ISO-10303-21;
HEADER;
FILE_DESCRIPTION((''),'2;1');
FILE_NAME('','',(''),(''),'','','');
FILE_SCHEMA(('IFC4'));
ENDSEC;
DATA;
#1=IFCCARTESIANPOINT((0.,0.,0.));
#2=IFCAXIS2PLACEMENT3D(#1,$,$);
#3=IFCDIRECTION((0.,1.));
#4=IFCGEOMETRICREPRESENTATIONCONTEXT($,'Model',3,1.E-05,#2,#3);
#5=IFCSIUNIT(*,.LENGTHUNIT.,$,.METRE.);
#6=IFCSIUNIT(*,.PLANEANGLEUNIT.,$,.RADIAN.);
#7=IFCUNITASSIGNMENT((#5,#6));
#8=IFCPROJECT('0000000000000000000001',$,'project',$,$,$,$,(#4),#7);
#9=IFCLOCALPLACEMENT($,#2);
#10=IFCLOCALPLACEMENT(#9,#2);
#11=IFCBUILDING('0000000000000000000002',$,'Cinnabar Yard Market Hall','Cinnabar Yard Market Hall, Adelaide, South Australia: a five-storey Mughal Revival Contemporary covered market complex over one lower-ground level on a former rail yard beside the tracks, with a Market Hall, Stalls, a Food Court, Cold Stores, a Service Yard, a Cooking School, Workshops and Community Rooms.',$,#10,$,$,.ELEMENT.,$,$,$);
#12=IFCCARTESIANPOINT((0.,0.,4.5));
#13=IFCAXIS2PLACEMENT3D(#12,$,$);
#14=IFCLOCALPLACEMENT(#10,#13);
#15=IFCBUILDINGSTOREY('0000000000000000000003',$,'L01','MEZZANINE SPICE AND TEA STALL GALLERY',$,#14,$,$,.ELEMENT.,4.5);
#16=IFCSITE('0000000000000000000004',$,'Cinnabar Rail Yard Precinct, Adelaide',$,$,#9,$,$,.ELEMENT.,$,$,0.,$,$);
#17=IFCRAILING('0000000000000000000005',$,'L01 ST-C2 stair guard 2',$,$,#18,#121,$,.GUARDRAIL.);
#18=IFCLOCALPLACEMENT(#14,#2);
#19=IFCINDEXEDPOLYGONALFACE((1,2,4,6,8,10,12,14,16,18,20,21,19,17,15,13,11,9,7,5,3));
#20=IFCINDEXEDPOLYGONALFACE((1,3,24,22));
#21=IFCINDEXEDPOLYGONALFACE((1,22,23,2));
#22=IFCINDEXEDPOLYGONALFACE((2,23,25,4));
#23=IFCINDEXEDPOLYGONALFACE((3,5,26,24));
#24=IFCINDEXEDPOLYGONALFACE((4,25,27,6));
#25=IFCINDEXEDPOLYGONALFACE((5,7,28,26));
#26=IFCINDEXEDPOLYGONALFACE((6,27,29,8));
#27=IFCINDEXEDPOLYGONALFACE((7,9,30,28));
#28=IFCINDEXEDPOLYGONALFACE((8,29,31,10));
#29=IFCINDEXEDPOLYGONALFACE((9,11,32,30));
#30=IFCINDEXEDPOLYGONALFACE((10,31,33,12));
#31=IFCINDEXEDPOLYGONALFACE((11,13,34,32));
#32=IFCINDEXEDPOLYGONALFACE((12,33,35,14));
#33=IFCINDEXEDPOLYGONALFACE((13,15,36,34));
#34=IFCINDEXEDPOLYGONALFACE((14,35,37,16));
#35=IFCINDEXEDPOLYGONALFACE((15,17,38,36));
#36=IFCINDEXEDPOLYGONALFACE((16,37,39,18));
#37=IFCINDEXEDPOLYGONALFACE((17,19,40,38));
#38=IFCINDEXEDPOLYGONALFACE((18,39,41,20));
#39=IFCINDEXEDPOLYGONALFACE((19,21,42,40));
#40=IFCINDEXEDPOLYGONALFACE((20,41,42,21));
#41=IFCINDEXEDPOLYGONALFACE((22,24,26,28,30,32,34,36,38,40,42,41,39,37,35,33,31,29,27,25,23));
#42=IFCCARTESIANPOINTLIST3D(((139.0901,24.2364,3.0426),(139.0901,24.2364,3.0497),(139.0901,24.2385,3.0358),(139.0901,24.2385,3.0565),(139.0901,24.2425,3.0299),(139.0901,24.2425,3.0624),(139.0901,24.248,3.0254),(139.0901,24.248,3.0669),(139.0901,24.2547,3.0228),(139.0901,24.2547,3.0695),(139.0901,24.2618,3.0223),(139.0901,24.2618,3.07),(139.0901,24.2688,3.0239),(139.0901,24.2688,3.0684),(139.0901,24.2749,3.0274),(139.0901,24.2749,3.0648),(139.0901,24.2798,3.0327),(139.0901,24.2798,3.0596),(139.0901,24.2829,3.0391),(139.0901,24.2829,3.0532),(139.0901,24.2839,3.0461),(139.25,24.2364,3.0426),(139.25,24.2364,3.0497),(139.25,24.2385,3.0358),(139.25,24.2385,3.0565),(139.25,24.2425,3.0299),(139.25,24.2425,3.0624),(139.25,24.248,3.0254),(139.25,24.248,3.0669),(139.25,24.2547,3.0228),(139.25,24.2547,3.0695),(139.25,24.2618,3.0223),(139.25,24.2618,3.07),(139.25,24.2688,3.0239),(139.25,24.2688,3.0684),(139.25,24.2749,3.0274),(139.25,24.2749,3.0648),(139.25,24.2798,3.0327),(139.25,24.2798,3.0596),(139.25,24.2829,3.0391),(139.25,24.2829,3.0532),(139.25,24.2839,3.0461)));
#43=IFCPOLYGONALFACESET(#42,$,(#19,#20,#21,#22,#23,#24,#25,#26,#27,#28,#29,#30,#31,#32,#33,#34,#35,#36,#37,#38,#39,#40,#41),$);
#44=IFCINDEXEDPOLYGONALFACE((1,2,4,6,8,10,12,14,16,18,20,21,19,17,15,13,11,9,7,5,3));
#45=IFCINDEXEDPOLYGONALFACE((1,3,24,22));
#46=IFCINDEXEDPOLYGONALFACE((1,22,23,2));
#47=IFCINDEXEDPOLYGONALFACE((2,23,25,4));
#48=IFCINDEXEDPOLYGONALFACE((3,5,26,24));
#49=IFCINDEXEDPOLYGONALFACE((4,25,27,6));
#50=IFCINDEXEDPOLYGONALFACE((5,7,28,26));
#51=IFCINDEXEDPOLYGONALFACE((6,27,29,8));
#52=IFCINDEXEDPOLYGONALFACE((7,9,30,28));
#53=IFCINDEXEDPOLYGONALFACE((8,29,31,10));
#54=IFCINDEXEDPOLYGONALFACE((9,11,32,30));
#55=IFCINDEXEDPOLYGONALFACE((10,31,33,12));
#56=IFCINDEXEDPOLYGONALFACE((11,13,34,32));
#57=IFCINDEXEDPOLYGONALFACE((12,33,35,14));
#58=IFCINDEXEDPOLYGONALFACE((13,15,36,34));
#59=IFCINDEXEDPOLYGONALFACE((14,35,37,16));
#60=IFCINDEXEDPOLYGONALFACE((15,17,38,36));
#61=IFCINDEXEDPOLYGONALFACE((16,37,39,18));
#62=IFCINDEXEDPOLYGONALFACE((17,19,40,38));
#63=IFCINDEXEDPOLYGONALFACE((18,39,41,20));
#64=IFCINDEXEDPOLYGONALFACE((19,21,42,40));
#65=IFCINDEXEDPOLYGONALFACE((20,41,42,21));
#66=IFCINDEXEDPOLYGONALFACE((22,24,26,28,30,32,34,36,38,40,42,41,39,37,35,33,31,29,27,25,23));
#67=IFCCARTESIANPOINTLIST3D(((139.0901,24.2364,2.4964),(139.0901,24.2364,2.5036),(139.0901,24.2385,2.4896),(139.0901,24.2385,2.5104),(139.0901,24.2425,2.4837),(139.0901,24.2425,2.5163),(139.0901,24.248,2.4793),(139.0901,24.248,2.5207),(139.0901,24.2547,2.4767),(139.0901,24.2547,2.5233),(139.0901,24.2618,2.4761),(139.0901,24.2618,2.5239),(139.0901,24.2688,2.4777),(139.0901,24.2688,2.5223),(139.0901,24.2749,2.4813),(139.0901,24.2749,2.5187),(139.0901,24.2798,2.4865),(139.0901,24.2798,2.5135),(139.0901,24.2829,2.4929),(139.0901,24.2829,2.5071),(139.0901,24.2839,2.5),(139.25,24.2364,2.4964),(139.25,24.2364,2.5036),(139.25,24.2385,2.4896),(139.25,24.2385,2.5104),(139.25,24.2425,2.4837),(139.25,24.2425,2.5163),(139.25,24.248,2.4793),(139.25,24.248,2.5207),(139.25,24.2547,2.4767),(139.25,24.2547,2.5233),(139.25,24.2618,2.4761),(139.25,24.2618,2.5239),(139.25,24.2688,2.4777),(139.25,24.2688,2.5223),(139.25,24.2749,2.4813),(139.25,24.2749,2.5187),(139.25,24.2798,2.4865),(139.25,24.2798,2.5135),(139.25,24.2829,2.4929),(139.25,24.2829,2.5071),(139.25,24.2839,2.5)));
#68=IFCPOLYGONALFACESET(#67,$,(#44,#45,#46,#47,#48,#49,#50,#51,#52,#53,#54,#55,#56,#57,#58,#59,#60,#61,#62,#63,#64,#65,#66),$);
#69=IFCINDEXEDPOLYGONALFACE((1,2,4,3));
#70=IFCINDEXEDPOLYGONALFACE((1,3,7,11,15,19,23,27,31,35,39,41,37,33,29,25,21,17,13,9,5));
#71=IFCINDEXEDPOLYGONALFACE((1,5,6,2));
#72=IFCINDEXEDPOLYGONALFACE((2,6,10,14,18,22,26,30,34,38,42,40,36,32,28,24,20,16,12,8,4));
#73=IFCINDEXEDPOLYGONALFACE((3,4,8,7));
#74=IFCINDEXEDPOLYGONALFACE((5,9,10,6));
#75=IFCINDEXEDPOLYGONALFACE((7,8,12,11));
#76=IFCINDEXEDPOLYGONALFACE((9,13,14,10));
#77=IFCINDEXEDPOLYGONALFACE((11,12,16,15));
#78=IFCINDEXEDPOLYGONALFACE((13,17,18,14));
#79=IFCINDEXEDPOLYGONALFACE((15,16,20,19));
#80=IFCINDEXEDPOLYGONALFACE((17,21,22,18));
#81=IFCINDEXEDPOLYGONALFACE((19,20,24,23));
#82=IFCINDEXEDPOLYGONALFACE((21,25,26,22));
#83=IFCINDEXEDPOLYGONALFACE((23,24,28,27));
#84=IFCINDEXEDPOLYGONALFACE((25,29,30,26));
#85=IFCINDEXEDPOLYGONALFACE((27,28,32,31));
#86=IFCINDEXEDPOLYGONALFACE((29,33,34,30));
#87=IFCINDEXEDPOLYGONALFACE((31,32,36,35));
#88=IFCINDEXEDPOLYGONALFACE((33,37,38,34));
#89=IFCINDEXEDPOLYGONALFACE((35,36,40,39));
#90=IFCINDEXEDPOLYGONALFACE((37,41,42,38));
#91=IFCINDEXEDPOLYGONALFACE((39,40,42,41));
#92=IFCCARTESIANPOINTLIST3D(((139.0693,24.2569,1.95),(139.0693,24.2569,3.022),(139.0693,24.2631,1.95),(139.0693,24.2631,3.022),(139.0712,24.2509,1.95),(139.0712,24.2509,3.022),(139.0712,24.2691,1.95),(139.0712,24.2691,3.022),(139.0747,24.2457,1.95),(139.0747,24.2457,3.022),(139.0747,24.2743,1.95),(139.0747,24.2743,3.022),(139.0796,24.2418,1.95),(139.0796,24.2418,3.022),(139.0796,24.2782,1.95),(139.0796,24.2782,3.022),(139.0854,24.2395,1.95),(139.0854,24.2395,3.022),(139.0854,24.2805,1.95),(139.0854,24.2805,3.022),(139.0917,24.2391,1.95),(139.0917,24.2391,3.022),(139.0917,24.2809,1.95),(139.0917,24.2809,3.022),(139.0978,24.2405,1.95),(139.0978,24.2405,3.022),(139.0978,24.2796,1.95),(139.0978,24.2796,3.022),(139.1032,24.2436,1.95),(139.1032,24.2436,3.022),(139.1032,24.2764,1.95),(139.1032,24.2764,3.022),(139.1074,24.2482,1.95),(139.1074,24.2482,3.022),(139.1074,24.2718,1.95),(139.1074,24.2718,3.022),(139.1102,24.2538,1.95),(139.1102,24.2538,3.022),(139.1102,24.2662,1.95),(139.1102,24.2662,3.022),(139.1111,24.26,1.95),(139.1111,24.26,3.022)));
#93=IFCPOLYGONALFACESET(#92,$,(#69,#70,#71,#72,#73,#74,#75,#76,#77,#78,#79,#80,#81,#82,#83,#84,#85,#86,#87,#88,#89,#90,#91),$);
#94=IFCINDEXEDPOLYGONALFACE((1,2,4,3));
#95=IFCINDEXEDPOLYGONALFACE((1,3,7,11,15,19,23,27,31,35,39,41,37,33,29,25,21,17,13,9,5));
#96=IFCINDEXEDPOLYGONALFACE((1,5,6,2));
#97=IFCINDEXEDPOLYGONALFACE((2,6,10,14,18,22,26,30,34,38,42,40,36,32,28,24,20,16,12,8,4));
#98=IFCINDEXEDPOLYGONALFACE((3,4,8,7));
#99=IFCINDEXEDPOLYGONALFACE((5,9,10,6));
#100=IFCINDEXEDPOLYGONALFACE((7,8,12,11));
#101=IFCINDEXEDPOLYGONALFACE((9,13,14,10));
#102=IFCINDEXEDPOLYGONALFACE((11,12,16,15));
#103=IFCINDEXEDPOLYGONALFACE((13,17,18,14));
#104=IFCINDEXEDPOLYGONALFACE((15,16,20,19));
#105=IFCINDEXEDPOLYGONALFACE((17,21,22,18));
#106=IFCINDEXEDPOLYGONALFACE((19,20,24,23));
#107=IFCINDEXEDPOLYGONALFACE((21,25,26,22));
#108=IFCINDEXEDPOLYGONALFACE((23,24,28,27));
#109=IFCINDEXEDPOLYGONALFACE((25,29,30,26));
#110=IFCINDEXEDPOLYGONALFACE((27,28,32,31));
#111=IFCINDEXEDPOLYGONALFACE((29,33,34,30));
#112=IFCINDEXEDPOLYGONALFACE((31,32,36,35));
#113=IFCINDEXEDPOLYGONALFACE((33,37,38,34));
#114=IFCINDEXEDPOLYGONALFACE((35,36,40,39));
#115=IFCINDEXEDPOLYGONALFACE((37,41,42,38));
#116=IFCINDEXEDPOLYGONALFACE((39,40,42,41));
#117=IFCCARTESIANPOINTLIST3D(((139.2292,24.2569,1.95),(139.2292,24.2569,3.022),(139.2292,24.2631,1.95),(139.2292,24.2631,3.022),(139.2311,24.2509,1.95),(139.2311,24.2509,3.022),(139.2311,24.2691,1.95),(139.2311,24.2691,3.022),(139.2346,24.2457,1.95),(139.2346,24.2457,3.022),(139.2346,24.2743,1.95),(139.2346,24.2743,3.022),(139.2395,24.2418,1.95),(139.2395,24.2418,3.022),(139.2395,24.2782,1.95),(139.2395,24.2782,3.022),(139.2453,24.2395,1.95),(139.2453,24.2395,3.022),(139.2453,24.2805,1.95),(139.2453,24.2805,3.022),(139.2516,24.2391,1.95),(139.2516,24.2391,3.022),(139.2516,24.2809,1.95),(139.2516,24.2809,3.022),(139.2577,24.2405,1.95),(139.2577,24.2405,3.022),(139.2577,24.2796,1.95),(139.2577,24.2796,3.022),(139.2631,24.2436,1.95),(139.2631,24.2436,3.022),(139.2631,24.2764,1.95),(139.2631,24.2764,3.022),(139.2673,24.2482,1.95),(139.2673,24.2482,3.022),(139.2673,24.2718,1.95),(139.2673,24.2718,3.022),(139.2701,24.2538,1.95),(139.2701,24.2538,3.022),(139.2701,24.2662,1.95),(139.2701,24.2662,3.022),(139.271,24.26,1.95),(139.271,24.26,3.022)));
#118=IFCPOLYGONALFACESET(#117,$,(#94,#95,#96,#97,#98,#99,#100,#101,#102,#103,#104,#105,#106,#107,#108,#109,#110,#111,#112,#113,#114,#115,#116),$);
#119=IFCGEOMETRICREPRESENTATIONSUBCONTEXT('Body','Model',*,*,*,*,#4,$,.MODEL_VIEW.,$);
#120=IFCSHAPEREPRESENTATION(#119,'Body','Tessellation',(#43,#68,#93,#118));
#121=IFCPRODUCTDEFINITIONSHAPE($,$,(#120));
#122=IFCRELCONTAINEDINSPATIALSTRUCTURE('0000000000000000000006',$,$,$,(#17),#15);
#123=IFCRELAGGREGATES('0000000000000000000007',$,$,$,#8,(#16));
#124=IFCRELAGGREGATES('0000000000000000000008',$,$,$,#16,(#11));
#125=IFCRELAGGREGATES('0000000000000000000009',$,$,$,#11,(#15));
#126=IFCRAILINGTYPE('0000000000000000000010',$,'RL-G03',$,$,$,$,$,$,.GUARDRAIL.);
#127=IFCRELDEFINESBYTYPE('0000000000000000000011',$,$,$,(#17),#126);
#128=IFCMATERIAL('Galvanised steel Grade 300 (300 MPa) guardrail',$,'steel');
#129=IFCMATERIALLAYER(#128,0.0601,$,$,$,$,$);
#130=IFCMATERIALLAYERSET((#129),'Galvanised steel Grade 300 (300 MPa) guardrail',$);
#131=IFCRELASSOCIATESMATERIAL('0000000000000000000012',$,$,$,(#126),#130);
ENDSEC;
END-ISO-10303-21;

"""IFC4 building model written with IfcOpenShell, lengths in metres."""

from ifc_helpers import new_model, si_unit, direction, frame, origin, origin_2d_with_axis, place, context, subcontext, project, spatial, circle, extrude, material, layer, layer_set, type_object, element, save


model = new_model("IFC4")

# Units and contexts
model_context = context("Model", 3, precision=1e-05, world=origin(), true_north=direction((0.0, 1.0)))
body_context = subcontext(model_context, "Body", "Model", "MODEL_VIEW")
ifc_project = project(units=[si_unit("LENGTHUNIT", "METRE"), si_unit("PLANEANGLEUNIT", "RADIAN")], contexts=[model_context])

# Site, building, storey
site_placement = place(None, origin())
site = spatial("IfcSite", under=ifc_project, at=site_placement, Name="Cinnabar Rail Yard Precinct, Adelaide", CompositionType="ELEMENT", RefElevation=0.0)
building_placement = place(site_placement, origin())
building = spatial("IfcBuilding", under=site, at=building_placement, Name="Cinnabar Yard Market Hall", Description="Cinnabar Yard Market Hall, Adelaide, South Australia: a five-storey Mughal Revival Contemporary covered market complex over one lower-ground level on a former rail yard beside the tracks, with a Market Hall, Stalls, a Food Court, Cold Stores, a Service Yard, a Cooking School, Workshops and Community Rooms.", CompositionType="ELEMENT")
storey_placement = place(building_placement, frame((0.0, 0.0, 4.5)))
storey = spatial("IfcBuildingStorey", under=building, at=storey_placement, Name="L01", Description="MEZZANINE SPICE AND TEA STALL GALLERY", CompositionType="ELEMENT", Elevation=4.5)

# Railing
ifc_material_1 = material(Name="Galvanised steel Grade 300 (300 MPa) guardrail", Category="steel")
ifc_layer_1 = layer(ifc_material_1, 0.0601)
ifc_layer_set_1 = layer_set([ifc_layer_1], Name="Galvanised steel Grade 300 (300 MPa) guardrail")
railing_type_1 = type_object("IfcRailingType", Name="RL-G03", PredefinedType="GUARDRAIL", material=ifc_layer_set_1)
railing_1_placement = place(storey_placement, frame((139.0901, 24.26, 1.95)))
element("IfcRailing", 1, at=railing_1_placement, inside=storey, type_object=railing_type_1, Name="L01 ST-C2 stair guard 2", PredefinedType="GUARDRAIL", context=body_context, shape_type="SweptSolid", body=[
    extrude(circle(Radius=0.0239, at=origin_2d_with_axis()), frame((0.0, 0.0, 1.0962), z_axis=(1.0, 0.0, 0.0), x_axis=(0.0, 1.0, 0.0)), (0.0, 0.0, 1.0), 0.1599),
    extrude(circle(Radius=0.0239, at=origin_2d_with_axis()), frame((0.0, 0.0, 0.55), z_axis=(1.0, 0.0, 0.0), x_axis=(0.0, 1.0, 0.0)), (0.0, 0.0, 1.0), 0.1599),
    extrude(circle(Radius=0.021, at=origin_2d_with_axis()), origin(), (0.0, 0.0, 1.0), 1.072),
    extrude(circle(Radius=0.021, at=origin_2d_with_axis()), frame((0.1599, 0.0, 0.0)), (0.0, 0.0, 1.0), 1.072),
])

save(model, "model.ifc")
